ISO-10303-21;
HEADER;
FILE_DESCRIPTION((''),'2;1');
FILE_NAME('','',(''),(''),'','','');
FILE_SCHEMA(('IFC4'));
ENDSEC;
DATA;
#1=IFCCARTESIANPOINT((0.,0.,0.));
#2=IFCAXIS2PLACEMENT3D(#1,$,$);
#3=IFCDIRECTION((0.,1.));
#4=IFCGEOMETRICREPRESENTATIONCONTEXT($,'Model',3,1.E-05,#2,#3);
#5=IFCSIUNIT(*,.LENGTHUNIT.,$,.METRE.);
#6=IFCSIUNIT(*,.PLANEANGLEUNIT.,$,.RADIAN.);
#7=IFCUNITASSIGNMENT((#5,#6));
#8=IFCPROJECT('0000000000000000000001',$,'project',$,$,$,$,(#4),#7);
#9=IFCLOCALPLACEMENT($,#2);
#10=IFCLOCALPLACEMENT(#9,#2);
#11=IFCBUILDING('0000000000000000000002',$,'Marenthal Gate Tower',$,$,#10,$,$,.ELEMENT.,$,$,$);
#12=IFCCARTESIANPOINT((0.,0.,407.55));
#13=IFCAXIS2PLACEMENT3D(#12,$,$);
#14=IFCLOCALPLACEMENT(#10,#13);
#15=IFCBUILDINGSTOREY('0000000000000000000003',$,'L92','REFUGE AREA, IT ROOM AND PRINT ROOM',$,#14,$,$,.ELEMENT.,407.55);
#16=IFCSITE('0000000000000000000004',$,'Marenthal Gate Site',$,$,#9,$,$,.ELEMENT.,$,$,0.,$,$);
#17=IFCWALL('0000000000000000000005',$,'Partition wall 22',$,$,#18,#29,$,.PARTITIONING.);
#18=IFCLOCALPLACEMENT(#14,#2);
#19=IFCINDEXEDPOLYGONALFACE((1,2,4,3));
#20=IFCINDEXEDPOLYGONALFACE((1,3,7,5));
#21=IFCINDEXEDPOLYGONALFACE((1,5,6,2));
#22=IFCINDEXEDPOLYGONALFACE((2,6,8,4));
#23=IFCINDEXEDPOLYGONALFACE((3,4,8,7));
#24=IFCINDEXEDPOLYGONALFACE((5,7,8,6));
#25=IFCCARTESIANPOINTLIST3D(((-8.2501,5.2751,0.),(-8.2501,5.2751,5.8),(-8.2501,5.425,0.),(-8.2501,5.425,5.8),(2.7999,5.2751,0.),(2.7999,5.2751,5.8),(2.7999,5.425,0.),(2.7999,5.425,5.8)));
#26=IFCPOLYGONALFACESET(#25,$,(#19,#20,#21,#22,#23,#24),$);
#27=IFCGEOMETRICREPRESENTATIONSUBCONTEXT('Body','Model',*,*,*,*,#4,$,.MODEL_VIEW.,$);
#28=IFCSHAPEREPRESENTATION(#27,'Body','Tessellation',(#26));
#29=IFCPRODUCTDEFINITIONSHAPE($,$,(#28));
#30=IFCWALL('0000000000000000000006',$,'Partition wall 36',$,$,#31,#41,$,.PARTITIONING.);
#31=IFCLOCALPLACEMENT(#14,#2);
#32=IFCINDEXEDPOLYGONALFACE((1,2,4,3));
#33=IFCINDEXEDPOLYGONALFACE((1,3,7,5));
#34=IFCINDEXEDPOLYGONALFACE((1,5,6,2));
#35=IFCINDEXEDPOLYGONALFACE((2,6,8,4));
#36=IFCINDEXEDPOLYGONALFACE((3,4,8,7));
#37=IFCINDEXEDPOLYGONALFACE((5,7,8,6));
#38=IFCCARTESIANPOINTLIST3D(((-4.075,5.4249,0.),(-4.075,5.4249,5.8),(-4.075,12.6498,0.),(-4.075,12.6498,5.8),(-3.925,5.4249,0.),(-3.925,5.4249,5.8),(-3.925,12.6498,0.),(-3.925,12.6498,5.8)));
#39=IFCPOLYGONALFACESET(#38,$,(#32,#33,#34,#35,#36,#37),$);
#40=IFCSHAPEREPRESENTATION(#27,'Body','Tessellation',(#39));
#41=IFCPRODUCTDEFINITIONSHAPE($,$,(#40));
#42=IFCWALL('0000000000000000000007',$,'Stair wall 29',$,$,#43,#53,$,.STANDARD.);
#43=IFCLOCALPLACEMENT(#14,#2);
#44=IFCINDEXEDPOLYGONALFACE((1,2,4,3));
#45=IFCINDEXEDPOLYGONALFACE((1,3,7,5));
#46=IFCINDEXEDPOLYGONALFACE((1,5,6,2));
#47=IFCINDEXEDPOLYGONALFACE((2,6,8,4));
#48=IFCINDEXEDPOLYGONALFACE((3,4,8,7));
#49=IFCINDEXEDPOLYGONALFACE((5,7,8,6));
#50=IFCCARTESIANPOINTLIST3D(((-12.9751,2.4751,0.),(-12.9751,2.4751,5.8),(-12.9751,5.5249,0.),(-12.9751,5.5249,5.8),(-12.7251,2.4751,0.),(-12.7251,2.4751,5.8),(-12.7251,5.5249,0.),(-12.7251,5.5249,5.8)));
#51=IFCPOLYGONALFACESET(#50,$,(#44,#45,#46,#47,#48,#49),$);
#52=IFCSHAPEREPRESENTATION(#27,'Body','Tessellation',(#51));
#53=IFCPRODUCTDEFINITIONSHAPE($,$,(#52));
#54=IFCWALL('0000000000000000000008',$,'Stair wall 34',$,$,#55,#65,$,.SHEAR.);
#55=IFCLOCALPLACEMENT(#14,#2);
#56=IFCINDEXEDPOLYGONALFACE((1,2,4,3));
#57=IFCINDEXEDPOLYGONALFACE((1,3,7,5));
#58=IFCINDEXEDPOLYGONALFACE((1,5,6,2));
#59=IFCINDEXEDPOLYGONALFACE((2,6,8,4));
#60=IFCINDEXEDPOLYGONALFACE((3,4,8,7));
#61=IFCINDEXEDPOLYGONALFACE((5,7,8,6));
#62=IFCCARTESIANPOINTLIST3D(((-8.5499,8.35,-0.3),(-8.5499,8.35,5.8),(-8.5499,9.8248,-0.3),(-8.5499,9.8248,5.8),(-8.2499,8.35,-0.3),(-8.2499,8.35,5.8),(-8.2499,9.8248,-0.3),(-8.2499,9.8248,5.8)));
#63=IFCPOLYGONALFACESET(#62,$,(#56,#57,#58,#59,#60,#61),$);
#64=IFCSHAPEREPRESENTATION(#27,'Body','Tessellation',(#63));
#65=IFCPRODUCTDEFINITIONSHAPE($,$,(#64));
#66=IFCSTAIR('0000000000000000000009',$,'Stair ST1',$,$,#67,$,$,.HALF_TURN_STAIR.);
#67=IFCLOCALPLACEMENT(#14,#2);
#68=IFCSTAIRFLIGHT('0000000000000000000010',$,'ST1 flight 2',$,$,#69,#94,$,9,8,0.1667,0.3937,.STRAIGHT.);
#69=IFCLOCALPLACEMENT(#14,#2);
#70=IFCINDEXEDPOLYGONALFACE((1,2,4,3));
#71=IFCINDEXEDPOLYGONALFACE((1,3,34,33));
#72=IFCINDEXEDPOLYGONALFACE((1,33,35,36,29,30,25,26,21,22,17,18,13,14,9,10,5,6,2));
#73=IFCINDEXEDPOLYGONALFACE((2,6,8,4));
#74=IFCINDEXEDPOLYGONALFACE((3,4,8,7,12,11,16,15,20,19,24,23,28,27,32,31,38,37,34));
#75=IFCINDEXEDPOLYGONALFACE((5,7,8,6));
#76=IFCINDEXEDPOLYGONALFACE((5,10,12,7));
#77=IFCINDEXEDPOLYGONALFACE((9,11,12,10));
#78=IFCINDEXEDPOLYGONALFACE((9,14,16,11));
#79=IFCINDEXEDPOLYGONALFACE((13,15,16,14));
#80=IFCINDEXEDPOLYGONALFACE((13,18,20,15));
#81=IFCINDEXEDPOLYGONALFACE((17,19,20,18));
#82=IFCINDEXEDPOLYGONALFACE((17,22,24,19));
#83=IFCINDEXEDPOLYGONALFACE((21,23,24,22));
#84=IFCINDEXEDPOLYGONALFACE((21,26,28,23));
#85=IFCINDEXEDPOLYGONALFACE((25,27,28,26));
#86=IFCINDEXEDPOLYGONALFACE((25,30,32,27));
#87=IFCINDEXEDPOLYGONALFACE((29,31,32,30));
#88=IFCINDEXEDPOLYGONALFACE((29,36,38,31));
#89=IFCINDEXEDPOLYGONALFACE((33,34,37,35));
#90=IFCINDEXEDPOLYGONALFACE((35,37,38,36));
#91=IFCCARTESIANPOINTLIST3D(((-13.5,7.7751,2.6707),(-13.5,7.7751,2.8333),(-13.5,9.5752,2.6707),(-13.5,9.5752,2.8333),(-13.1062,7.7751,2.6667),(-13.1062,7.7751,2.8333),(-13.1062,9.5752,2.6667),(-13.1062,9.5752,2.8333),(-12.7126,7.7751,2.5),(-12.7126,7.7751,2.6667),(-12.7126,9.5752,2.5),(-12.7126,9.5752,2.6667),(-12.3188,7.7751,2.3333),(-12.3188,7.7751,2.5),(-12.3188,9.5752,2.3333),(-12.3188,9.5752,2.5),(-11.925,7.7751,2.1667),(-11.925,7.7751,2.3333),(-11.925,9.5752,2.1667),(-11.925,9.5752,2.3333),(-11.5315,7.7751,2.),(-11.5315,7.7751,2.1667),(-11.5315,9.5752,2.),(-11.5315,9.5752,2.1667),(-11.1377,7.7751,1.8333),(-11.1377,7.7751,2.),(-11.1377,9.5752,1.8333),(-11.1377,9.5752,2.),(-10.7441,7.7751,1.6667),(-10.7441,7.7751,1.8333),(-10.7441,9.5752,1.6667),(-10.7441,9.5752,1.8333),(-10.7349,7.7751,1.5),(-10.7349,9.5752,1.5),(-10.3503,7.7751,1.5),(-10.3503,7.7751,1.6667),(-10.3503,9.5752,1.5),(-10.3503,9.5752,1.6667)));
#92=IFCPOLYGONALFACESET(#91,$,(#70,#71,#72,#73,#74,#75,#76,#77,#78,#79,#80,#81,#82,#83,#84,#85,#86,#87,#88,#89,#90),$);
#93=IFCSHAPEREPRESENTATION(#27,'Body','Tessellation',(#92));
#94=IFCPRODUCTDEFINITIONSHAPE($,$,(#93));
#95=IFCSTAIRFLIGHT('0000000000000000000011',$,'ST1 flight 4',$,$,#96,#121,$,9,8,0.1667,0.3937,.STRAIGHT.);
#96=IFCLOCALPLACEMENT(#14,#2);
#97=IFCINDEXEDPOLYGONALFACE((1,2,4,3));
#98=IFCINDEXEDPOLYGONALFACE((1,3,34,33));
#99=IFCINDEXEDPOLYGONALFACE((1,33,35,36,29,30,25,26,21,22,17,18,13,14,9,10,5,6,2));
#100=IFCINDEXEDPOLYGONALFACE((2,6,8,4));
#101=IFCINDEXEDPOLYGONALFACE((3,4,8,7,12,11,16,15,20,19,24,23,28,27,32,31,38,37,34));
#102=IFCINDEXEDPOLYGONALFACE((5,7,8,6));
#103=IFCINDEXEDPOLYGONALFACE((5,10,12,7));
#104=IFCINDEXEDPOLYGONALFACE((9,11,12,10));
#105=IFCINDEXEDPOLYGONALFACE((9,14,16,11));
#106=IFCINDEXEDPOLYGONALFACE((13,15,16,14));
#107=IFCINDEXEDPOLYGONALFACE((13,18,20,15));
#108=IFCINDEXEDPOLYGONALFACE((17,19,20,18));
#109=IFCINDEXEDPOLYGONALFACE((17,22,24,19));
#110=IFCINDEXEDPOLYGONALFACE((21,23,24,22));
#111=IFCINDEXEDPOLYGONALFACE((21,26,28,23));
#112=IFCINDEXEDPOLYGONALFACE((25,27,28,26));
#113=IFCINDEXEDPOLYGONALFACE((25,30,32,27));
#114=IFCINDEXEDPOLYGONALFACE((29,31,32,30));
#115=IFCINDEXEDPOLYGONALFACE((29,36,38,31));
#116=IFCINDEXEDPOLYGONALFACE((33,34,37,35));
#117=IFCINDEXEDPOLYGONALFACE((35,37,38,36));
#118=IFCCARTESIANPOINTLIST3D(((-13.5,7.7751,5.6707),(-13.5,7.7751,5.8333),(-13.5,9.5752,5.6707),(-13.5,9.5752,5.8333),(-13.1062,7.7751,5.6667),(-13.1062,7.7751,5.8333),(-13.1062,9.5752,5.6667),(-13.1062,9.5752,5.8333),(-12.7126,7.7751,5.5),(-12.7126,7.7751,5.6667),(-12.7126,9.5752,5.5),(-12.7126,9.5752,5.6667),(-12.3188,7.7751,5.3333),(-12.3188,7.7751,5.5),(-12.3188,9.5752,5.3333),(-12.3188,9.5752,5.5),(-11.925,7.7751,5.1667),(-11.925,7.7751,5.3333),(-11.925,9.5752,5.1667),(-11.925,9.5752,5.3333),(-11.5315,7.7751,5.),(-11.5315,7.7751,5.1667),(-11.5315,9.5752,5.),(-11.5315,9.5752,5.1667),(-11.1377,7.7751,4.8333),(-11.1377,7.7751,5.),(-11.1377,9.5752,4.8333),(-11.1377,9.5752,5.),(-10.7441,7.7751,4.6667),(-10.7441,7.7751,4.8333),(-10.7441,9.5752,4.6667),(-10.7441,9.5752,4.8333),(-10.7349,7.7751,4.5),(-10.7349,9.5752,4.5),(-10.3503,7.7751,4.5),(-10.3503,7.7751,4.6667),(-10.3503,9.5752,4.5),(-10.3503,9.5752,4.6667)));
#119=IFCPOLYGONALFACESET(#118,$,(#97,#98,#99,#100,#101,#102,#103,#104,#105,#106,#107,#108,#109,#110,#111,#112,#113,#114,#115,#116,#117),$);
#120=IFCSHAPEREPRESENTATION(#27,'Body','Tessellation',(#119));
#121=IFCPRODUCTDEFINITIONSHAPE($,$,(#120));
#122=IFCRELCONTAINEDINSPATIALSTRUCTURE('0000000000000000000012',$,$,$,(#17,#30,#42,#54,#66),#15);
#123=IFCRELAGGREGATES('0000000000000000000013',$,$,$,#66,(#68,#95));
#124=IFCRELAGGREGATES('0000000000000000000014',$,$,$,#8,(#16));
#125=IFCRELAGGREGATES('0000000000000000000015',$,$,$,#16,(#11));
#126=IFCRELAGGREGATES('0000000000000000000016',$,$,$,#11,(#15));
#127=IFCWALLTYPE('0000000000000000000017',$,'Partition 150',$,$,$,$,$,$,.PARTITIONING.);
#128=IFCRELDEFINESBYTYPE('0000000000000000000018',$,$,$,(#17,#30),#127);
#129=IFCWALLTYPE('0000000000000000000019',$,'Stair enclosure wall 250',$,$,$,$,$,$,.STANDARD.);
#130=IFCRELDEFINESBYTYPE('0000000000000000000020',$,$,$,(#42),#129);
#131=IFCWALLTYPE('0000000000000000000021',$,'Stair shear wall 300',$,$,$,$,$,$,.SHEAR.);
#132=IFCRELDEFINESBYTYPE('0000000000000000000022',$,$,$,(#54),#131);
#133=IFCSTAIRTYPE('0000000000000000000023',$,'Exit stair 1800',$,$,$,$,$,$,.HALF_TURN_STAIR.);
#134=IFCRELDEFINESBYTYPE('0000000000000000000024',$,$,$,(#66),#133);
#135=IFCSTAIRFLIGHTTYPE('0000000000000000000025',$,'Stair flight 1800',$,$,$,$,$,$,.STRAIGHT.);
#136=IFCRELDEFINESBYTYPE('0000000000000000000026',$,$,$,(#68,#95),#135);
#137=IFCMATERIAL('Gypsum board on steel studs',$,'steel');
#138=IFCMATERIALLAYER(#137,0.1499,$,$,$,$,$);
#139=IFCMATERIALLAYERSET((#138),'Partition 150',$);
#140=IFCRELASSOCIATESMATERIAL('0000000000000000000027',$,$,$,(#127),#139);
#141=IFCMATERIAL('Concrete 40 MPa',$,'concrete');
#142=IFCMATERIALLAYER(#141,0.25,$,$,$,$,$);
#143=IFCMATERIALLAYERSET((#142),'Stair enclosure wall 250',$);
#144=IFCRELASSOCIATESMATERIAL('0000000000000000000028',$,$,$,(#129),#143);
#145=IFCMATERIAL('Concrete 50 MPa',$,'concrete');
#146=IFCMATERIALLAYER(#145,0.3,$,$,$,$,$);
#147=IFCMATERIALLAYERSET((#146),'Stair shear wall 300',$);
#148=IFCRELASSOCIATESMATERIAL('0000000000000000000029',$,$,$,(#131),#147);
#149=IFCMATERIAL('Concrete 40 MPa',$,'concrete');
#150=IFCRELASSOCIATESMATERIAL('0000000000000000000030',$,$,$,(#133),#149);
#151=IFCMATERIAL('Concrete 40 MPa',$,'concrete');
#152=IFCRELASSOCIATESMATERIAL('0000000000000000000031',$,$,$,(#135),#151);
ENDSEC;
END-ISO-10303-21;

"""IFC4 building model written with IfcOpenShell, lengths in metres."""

from ifc_helpers import new_model, si_unit, direction, frame, frame_2d, origin, place, context, subcontext, project, spatial, polyline, rectangle, outline, extrude, material, layer, layer_set, type_object, element, aggregate, save


model = new_model("IFC4")

# Units and contexts
model_context = context("Model", 3, precision=1e-05, world=origin(), true_north=direction((0.0, 1.0)))
body_context = subcontext(model_context, "Body", "Model", "MODEL_VIEW")
ifc_project = project(units=[si_unit("LENGTHUNIT", "METRE"), si_unit("PLANEANGLEUNIT", "RADIAN")], contexts=[model_context])

# Site, building, storey
site_placement = place(None, origin())
site = spatial("IfcSite", under=ifc_project, at=site_placement, Name="Marenthal Gate Site", CompositionType="ELEMENT", RefElevation=0.0)
building_placement = place(site_placement, origin())
building = spatial("IfcBuilding", under=site, at=building_placement, Name="Marenthal Gate Tower", CompositionType="ELEMENT")
storey_placement = place(building_placement, frame((0.0, 0.0, 407.55)))
storey = spatial("IfcBuildingStorey", under=building, at=storey_placement, Name="L92", Description="REFUGE AREA, IT ROOM AND PRINT ROOM", CompositionType="ELEMENT", Elevation=407.55)

# Walls
ifc_material_1 = material(Name="Gypsum board on steel studs", Category="steel")
ifc_layer_1 = layer(ifc_material_1, 0.1499)
ifc_layer_set_1 = layer_set([ifc_layer_1], Name="Partition 150")
wall_type_1 = type_object("IfcWallType", Name="Partition 150", PredefinedType="PARTITIONING", material=ifc_layer_set_1)
wall_1_placement = place(storey_placement, frame((-8.25, 5.3501, 0.0), z_axis=(0.0, 0.0, 1.0), x_axis=(1.0, 0.0, 0.0)))
element("IfcWall", 1, at=wall_1_placement, inside=storey, type_object=wall_type_1, Name="Partition wall 22", PredefinedType="PARTITIONING", context=body_context, shape_type="SweptSolid", body=[
    extrude(rectangle(XDim=11.05, YDim=0.1499, at=frame_2d((5.5249, 0.0))), origin(), (0.0, 0.0, 1.0), 5.8),
])
wall_2_placement = place(storey_placement, frame((-4.0, 5.425, 0.0), z_axis=(0.0, 0.0, 1.0), x_axis=(0.0, 1.0, 0.0)))
element("IfcWall", 2, at=wall_2_placement, inside=storey, type_object=wall_type_1, Name="Partition wall 36", PredefinedType="PARTITIONING", context=body_context, shape_type="SweptSolid", body=[
    extrude(rectangle(XDim=7.2249, YDim=0.1499, at=frame_2d((3.6123, 0.0))), origin(), (0.0, 0.0, 1.0), 5.8),
])
ifc_material_2 = material(Name="Concrete 40 MPa", Category="concrete")
ifc_layer_2 = layer(ifc_material_2, 0.25)
ifc_layer_set_2 = layer_set([ifc_layer_2], Name="Stair enclosure wall 250")
wall_type_2 = type_object("IfcWallType", Name="Stair enclosure wall 250", PredefinedType="STANDARD", material=ifc_layer_set_2)
wall_3_placement = place(storey_placement, frame((-12.8501, 2.4751, 0.0), z_axis=(0.0, 0.0, 1.0), x_axis=(0.0, 1.0, 0.0)))
element("IfcWall", 3, at=wall_3_placement, inside=storey, type_object=wall_type_2, Name="Stair wall 29", PredefinedType="STANDARD", context=body_context, shape_type="SweptSolid", body=[
    extrude(rectangle(XDim=3.0498, YDim=0.25, at=frame_2d((1.5249, 0.0))), origin(), (0.0, 0.0, 1.0), 5.8),
])
ifc_material_3 = material(Name="Concrete 50 MPa", Category="concrete")
ifc_layer_3 = layer(ifc_material_3, 0.3)
ifc_layer_set_3 = layer_set([ifc_layer_3], Name="Stair shear wall 300")
wall_type_3 = type_object("IfcWallType", Name="Stair shear wall 300", PredefinedType="SHEAR", material=ifc_layer_set_3)
wall_4_placement = place(storey_placement, frame((-8.3999, 8.3501, -0.3), z_axis=(0.0, 0.0, 1.0), x_axis=(0.0, 1.0, 0.0)))
element("IfcWall", 4, at=wall_4_placement, inside=storey, type_object=wall_type_3, Name="Stair wall 34", PredefinedType="SHEAR", context=body_context, shape_type="SweptSolid", body=[
    extrude(rectangle(XDim=1.4749, YDim=0.3, at=frame_2d((0.7373, 0.0))), origin(), (0.0, 0.0, 1.0), 6.1001),
])

# Stair, stair flights
ifc_material_4 = material(Name="Concrete 40 MPa", Category="concrete")
stair_type = type_object("IfcStairType", Name="Exit stair 1800", PredefinedType="HALF_TURN_STAIR", material=ifc_material_4)
stair_placement = place(storey_placement, origin())
stair = element("IfcStair", 5, at=stair_placement, inside=storey, type_object=stair_type, Name="Stair ST1", PredefinedType="HALF_TURN_STAIR")
ifc_material_5 = material(Name="Concrete 40 MPa", Category="concrete")
stair_flight_type = type_object("IfcStairFlightType", Name="Stair flight 1800", PredefinedType="STRAIGHT", material=ifc_material_5)
stair_flight_1_placement = place(storey_placement, frame((-10.3503, 8.675, 1.5), z_axis=(0.0, 0.0, 1.0), x_axis=(-1.0, 0.0, 0.0)))
stair_flight_1 = element("IfcStairFlight", 6, at=stair_flight_1_placement, type_object=stair_flight_type, Name="ST1 flight 2", NumberOfRisers=9, NumberOfTreads=8, PredefinedType="STRAIGHT", RiserHeight=0.1667, TreadLength=0.3937, context=body_context, shape_type="SweptSolid", body=[
    extrude(outline(polyline([(0.0, 0.0), (0.0, 0.1667), (0.3938, 0.1667), (0.3938, 0.3333), (0.7874, 0.3333), (0.7874, 0.5), (1.1812, 0.5), (1.1812, 0.6667), (1.5747, 0.6667), (1.5747, 0.8333), (1.9685, 0.8333), (1.9685, 1.0), (2.3623, 1.0), (2.3623, 1.1667), (2.7559, 1.1667), (2.7559, 1.3333), (3.1497, 1.3333), (3.1497, 1.5), (3.1497, 1.1707), (0.3845, 0.0), (0.0, 0.0)])), frame((0.0, 0.8999, 0.0), z_axis=(0.0, -1.0, 0.0), x_axis=(1.0, 0.0, 0.0)), (0.0, 0.0, 1.0), 1.8),
])
stair_flight_2_placement = place(storey_placement, frame((-10.3503, 8.675, 4.5), z_axis=(0.0, 0.0, 1.0), x_axis=(-1.0, 0.0, 0.0)))
stair_flight_2 = element("IfcStairFlight", 7, at=stair_flight_2_placement, type_object=stair_flight_type, Name="ST1 flight 4", NumberOfRisers=9, NumberOfTreads=8, PredefinedType="STRAIGHT", RiserHeight=0.1667, TreadLength=0.3937, context=body_context, shape_type="SweptSolid", body=[
    extrude(outline(polyline([(0.0, 0.0), (0.0, 0.1667), (0.3938, 0.1667), (0.3938, 0.3333), (0.7874, 0.3333), (0.7874, 0.5), (1.1812, 0.5), (1.1812, 0.6667), (1.5747, 0.6667), (1.5747, 0.8333), (1.9685, 0.8333), (1.9685, 1.0), (2.3623, 1.0), (2.3623, 1.1667), (2.7559, 1.1667), (2.7559, 1.3333), (3.1497, 1.3333), (3.1497, 1.5), (3.1497, 1.1707), (0.3845, 0.0), (0.0, 0.0)])), frame((0.0, 0.8999, 0.0), z_axis=(0.0, -1.0, 0.0), x_axis=(1.0, 0.0, 0.0)), (0.0, 0.0, 1.0), 1.8),
])
aggregate(stair, [stair_flight_1, stair_flight_2])

save(model, "model.ifc")
